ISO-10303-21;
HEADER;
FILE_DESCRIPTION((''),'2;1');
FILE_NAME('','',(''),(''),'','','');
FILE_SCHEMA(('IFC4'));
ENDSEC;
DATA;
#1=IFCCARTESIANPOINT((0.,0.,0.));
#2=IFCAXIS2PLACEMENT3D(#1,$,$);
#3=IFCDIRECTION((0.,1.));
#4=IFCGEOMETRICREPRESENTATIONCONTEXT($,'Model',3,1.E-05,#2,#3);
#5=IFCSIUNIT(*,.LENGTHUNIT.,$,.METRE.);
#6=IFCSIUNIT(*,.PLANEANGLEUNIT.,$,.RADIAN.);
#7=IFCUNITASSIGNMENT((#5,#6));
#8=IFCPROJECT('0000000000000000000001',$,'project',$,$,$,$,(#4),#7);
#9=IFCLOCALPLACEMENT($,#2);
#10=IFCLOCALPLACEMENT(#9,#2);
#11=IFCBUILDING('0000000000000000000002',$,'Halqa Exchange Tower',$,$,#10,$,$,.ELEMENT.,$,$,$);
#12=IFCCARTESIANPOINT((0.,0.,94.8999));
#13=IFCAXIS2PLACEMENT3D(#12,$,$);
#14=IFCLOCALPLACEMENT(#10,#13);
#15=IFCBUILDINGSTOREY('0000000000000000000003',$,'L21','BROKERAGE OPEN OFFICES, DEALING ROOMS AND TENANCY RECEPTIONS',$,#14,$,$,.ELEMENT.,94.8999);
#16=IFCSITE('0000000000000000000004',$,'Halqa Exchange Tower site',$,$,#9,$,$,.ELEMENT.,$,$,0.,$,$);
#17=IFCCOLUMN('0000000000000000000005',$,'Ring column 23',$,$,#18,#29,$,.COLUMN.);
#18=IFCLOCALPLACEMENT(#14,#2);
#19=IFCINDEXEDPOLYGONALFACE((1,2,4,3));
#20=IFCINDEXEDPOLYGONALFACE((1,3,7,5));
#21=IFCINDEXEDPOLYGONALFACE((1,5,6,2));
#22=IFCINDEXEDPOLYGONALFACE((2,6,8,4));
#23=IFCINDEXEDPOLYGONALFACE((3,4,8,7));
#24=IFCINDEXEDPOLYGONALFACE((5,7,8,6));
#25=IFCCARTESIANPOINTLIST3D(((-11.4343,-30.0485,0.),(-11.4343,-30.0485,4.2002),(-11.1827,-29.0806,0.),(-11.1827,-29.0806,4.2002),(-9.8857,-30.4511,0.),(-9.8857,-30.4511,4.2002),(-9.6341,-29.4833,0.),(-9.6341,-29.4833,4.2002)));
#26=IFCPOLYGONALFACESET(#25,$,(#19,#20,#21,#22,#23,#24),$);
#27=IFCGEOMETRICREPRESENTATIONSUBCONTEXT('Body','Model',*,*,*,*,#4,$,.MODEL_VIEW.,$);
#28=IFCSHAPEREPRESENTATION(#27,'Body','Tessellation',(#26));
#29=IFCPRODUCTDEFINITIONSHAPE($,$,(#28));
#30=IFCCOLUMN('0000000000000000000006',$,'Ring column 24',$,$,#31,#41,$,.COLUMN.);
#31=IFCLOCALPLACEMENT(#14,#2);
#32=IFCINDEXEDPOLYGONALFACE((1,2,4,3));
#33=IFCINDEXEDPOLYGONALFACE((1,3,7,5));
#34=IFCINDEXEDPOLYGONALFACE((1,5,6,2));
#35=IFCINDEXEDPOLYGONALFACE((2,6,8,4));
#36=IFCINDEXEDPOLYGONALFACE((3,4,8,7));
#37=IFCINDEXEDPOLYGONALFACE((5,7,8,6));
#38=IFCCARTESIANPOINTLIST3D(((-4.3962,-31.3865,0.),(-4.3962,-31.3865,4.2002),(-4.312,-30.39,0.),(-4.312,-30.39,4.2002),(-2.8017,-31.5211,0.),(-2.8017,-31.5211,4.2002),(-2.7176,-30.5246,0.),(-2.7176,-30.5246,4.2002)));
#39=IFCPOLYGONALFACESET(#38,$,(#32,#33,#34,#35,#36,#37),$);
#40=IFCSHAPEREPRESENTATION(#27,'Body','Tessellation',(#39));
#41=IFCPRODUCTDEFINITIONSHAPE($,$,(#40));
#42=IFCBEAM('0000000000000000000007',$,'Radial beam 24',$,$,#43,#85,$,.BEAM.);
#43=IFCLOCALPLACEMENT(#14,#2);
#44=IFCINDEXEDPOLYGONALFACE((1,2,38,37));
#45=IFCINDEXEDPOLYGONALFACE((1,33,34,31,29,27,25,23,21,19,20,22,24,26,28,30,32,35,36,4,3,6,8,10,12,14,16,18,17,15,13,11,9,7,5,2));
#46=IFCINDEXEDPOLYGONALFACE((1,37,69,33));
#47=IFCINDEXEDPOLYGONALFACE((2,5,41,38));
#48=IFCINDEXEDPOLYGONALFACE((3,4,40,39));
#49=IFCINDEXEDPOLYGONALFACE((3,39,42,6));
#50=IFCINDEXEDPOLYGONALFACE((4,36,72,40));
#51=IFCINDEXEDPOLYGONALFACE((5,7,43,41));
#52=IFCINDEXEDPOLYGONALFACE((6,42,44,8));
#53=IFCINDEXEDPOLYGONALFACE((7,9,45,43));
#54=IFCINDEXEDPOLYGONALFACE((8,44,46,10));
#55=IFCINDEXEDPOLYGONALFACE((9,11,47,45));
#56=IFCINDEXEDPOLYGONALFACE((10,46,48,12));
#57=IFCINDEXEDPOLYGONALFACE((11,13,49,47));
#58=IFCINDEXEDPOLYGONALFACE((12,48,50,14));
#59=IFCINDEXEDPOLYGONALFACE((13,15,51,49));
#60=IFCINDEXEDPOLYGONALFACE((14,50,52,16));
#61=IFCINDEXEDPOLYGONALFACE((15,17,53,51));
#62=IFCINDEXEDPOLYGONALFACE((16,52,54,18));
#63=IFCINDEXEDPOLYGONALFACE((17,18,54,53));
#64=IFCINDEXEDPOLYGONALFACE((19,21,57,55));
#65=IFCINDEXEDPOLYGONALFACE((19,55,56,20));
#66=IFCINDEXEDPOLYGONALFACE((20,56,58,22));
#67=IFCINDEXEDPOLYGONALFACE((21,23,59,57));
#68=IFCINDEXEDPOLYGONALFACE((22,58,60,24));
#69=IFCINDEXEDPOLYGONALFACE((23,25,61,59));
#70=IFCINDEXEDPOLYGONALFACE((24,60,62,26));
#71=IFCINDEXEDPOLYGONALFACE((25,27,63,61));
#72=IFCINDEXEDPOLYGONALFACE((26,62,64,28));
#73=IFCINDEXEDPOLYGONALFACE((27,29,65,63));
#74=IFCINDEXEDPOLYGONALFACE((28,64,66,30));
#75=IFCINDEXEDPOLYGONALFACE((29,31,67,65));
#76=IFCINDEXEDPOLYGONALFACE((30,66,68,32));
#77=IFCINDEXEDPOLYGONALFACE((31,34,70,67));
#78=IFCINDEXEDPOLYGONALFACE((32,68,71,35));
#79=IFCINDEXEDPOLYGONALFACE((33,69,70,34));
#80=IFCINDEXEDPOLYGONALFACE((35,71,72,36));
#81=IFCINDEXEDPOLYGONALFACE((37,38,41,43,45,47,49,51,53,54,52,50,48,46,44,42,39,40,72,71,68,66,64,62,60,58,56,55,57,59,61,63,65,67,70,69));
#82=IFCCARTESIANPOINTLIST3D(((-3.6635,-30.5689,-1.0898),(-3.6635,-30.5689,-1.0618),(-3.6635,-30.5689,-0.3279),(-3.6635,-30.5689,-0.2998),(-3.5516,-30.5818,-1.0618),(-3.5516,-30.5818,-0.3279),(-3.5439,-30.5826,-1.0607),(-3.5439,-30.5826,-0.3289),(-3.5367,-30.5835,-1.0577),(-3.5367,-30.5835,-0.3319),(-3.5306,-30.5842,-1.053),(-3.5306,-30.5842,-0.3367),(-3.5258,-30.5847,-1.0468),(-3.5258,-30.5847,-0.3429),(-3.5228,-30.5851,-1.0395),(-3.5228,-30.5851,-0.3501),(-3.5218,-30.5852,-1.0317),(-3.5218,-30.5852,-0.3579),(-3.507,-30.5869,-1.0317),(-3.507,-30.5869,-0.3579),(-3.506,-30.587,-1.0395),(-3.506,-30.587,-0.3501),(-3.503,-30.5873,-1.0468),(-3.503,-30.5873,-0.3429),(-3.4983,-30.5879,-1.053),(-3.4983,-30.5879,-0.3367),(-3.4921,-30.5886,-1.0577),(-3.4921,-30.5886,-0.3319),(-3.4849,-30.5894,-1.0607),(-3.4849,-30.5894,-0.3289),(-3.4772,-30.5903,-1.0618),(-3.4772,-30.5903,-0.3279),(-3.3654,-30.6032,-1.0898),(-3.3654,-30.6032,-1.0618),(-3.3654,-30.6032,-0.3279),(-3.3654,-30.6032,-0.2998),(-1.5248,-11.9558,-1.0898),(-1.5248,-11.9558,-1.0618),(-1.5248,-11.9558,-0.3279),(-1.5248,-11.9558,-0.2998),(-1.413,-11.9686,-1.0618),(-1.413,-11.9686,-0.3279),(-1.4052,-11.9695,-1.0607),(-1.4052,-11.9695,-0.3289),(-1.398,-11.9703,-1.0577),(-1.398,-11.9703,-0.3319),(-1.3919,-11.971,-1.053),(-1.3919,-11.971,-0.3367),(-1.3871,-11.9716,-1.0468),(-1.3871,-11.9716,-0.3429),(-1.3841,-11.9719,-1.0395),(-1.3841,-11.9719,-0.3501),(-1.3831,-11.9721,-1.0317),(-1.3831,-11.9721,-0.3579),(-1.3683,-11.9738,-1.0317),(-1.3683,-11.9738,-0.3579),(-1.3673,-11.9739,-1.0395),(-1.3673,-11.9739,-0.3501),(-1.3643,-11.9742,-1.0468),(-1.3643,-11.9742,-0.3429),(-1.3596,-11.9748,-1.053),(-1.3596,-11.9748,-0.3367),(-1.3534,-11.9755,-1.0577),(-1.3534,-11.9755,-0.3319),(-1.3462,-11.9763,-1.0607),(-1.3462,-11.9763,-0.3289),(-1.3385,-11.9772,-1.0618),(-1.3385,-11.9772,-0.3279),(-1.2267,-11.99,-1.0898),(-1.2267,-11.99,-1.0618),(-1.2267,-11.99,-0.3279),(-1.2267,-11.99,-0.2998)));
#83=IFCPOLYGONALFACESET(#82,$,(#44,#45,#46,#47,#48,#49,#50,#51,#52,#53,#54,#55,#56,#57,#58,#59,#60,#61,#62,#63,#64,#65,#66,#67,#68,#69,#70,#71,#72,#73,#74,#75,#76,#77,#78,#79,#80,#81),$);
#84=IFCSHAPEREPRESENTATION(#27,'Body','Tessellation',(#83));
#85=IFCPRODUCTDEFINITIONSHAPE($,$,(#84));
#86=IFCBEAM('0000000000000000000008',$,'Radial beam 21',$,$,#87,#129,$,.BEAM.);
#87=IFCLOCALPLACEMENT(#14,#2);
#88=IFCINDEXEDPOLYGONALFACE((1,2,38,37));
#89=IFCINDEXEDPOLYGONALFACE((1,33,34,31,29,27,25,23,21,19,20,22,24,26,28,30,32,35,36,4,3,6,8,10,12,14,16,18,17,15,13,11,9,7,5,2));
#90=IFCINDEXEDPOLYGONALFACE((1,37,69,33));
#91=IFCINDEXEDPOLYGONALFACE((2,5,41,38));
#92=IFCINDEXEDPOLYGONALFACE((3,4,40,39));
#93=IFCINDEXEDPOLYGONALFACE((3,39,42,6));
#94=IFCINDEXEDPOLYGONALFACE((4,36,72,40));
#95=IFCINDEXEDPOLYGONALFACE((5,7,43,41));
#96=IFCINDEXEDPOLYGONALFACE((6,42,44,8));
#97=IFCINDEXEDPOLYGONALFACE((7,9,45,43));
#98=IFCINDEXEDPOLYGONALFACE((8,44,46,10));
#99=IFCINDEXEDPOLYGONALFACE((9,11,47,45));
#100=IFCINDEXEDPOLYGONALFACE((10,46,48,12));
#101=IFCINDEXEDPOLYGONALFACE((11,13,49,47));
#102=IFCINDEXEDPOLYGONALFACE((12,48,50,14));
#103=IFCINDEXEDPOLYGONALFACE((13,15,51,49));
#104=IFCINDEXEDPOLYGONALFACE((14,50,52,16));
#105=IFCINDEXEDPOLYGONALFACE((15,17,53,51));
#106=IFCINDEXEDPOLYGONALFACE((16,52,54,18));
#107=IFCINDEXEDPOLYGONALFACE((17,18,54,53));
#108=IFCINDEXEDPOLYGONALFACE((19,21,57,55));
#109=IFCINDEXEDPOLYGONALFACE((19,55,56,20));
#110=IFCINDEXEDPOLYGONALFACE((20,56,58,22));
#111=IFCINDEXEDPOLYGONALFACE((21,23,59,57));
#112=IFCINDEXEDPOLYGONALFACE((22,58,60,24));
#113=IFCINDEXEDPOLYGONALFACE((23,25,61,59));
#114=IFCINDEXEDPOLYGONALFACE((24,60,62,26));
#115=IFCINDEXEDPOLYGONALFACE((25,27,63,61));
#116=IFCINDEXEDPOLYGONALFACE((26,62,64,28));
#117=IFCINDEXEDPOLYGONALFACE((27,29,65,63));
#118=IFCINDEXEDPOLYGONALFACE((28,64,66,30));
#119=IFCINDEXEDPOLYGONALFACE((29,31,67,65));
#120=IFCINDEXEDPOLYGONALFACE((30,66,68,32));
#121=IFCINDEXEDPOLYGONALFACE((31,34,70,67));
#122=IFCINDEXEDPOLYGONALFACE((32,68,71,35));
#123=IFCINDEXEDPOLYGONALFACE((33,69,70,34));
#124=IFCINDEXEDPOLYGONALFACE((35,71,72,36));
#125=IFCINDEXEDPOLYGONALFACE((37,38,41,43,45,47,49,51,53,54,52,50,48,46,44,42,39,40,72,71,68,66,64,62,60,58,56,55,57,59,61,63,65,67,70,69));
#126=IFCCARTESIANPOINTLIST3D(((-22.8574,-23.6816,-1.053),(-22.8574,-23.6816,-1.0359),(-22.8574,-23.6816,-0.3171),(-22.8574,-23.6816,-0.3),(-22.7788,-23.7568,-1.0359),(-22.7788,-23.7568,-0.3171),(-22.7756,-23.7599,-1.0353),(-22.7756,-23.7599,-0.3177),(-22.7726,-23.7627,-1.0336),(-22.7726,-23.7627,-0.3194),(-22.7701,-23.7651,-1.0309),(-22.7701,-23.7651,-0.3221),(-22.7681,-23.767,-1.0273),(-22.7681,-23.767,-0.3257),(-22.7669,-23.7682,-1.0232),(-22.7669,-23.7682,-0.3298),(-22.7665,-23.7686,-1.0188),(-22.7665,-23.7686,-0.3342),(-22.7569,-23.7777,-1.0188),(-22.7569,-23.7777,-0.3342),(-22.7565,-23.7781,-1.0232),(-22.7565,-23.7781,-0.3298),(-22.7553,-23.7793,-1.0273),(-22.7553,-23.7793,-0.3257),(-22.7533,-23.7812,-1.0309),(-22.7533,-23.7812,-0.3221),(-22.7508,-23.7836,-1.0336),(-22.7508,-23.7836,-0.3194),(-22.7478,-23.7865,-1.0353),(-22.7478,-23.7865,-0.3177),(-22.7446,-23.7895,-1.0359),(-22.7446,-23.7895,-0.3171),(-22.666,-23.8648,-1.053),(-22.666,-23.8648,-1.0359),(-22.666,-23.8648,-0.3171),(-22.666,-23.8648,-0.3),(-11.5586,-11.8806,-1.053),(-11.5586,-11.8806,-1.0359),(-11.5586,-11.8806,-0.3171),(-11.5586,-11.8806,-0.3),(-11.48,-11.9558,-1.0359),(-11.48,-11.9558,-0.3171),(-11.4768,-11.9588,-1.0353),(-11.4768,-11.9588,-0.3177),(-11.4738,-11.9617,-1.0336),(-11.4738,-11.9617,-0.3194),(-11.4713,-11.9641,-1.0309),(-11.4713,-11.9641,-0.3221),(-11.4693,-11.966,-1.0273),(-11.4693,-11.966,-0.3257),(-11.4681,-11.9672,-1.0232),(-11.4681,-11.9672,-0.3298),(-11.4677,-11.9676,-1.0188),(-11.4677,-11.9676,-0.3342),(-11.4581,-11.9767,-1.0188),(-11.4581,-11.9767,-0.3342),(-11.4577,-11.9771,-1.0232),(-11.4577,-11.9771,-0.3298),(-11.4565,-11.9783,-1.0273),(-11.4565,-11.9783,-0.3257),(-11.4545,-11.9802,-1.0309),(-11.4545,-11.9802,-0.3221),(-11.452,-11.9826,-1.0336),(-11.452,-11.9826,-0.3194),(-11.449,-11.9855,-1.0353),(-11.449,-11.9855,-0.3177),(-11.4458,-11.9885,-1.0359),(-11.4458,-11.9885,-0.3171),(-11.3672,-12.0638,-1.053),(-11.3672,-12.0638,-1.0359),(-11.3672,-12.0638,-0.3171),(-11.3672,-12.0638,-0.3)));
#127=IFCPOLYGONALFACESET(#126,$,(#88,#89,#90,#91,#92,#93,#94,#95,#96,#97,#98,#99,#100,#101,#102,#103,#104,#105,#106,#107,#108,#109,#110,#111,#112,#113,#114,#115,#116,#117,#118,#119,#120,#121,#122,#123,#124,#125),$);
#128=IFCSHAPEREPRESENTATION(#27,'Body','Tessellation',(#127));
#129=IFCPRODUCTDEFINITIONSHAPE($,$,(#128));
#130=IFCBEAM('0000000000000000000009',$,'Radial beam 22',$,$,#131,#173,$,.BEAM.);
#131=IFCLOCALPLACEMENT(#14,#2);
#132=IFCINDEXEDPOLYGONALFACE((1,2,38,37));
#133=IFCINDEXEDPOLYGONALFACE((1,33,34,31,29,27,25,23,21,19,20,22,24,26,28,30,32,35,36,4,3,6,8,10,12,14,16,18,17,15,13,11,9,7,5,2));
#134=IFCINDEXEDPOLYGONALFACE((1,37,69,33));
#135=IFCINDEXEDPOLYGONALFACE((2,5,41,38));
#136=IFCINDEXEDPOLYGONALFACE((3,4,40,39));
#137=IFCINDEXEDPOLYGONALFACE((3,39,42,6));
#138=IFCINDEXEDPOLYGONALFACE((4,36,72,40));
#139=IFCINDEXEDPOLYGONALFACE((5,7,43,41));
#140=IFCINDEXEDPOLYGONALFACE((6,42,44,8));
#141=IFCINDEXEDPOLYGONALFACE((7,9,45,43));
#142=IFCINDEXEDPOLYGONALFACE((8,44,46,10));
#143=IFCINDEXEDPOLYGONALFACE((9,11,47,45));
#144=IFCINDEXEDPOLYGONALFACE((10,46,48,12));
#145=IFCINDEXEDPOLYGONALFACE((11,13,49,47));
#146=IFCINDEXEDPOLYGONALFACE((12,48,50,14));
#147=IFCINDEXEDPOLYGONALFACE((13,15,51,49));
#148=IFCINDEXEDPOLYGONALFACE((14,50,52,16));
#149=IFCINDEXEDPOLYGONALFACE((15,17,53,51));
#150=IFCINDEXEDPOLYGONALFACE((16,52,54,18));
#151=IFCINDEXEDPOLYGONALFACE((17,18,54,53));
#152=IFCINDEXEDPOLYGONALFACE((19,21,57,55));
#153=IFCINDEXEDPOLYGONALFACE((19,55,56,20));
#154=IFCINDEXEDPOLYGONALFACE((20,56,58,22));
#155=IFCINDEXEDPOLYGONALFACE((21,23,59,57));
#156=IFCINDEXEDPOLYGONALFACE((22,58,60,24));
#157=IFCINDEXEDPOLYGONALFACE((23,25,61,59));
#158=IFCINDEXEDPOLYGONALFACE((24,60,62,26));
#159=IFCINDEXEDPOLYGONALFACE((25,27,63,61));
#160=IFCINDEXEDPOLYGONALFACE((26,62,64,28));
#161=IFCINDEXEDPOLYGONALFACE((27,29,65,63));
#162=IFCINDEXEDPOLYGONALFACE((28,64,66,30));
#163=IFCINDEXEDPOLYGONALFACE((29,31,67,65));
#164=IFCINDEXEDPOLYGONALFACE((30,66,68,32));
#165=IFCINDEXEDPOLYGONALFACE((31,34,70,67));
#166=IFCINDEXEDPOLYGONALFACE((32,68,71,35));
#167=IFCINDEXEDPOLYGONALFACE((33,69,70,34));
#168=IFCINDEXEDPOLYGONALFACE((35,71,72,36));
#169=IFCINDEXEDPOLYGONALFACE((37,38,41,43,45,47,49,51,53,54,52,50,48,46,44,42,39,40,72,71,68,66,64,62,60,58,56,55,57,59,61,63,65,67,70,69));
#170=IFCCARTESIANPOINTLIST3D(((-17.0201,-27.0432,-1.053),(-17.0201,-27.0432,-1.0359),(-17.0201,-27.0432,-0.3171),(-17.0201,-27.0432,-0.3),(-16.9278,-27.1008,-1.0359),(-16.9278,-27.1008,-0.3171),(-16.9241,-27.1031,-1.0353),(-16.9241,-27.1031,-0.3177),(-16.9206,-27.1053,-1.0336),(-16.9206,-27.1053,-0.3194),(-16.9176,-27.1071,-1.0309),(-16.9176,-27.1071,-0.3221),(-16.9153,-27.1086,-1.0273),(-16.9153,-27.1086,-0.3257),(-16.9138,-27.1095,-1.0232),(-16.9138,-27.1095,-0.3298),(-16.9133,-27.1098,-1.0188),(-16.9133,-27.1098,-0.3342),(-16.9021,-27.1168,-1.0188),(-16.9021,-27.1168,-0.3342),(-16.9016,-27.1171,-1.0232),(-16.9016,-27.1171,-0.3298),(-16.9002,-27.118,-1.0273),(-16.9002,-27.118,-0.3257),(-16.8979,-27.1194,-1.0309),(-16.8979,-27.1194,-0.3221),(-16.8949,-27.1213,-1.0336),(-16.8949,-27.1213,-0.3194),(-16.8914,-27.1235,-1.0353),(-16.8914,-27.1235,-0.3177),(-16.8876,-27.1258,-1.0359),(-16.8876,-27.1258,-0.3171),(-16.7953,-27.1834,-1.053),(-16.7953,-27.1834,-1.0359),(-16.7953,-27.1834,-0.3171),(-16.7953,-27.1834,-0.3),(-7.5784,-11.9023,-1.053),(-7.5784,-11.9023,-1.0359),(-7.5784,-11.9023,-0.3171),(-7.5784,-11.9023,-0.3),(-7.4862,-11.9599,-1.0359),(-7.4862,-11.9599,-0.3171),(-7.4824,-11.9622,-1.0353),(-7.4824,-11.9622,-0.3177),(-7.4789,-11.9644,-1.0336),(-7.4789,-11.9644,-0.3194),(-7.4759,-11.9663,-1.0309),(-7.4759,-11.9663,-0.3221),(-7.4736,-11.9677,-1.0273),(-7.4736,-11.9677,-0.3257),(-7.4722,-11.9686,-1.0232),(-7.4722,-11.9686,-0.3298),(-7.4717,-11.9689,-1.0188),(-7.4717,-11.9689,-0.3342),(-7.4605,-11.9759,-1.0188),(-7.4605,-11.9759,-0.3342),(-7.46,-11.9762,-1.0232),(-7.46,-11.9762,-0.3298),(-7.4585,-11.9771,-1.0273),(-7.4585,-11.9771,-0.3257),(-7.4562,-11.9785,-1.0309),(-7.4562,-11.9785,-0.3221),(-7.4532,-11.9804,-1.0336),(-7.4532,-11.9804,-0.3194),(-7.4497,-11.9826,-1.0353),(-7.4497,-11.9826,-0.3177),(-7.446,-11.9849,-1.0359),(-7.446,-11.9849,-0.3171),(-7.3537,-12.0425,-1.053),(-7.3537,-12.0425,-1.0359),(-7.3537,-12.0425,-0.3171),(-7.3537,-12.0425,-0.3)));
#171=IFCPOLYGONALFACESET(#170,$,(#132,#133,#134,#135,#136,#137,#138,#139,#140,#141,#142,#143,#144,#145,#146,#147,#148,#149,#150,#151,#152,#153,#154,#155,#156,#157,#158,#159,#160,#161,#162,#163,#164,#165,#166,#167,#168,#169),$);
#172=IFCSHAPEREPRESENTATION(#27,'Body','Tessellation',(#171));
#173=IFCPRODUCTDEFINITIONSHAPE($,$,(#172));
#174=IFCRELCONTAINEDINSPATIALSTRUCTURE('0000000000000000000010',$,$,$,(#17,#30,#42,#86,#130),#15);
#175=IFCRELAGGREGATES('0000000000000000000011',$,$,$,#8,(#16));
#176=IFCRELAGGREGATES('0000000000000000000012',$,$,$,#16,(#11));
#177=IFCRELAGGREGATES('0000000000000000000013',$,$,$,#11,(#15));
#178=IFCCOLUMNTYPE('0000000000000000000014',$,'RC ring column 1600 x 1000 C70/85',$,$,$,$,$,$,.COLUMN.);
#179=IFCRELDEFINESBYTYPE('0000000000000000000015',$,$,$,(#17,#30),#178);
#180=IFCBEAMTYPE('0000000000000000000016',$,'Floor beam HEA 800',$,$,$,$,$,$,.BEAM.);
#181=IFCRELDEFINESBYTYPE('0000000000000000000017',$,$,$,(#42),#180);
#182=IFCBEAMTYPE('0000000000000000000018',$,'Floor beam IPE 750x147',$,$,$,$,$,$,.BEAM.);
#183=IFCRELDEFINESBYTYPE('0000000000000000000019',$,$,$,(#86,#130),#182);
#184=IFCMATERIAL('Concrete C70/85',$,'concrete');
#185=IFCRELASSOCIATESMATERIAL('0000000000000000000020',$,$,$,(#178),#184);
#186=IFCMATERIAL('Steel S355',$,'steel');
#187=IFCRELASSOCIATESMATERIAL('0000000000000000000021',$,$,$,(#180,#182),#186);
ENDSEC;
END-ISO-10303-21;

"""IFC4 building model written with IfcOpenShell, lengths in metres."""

from ifc_helpers import new_model, si_unit, direction, frame, origin, origin_2d, place, context, subcontext, project, spatial, rectangle, i_section, extrude, material, material_profile, profile_set, type_object, element, save


model = new_model("IFC4")

# Units and contexts
model_context = context("Model", 3, precision=1e-05, world=origin(), true_north=direction((0.0, 1.0)))
body_context = subcontext(model_context, "Body", "Model", "MODEL_VIEW")
ifc_project = project(units=[si_unit("LENGTHUNIT", "METRE"), si_unit("PLANEANGLEUNIT", "RADIAN")], contexts=[model_context])

# Site, building, storey
site_placement = place(None, origin())
site = spatial("IfcSite", under=ifc_project, at=site_placement, Name="Halqa Exchange Tower site", CompositionType="ELEMENT", RefElevation=0.0)
building_placement = place(site_placement, origin())
building = spatial("IfcBuilding", under=site, at=building_placement, Name="Halqa Exchange Tower", CompositionType="ELEMENT")
storey_placement = place(building_placement, frame((0.0, 0.0, 94.8999)))
storey = spatial("IfcBuildingStorey", under=building, at=storey_placement, Name="L21", Description="BROKERAGE OPEN OFFICES, DEALING ROOMS AND TENANCY RECEPTIONS", CompositionType="ELEMENT", Elevation=94.8999)

# Columns
ifc_material_1 = material(Name="Concrete C70/85", Category="concrete")
ifc_material_profile_1 = material_profile(ifc_material_1, rectangle(XDim=1.6001, YDim=1.0, at=origin_2d()), Name="1600 x 1000")
ifc_profile_set_1 = profile_set([ifc_material_profile_1], Name="Concrete C70/85")
column_type = type_object("IfcColumnType", Name="RC ring column 1600 x 1000 C70/85", PredefinedType="COLUMN", material=ifc_profile_set_1)
for number, where, z_axis, x_axis, name in (
    (1, (-10.5342, -29.7659, 0.0), (0.0, 0.0, 1.0), (0.96782, -0.251644, 0.0), "Ring column 23"),
    (2, (-3.5569, -30.9556, 0.0), (0.0, 0.0, 1.0), (0.996456, -0.084121, 0.0), "Ring column 24"),
):
    element("IfcColumn", number, at=place(storey_placement, frame(where, z_axis=z_axis, x_axis=x_axis)), inside=storey, type_object=column_type, Name=name, PredefinedType="COLUMN", context=body_context, shape_type="SweptSolid", body=[
        extrude(rectangle(XDim=1.6001, YDim=1.0, at=origin_2d()), origin(), (0.0, 0.0, 1.0), 4.2002),
    ])

# Beams
ifc_material_2 = material(Name="Steel S355", Category="steel")
ifc_material_profile_2 = material_profile(ifc_material_2, i_section(OverallWidth=0.3, OverallDepth=0.79, WebThickness=0.0149, FlangeThickness=0.0281, FilletRadius=0.03, at=origin_2d()), Name="HEA 800")
ifc_profile_set_2 = profile_set([ifc_material_profile_2], Name="Steel S355")
beam_type_1 = type_object("IfcBeamType", Name="Floor beam HEA 800", PredefinedType="BEAM", material=ifc_profile_set_2)
beam_1_placement = place(storey_placement, frame((-1.3757, -11.9729, -0.6948), z_axis=(-0.114151, -0.993463, 0.0), x_axis=(0.993463, -0.114151, 0.0)))
element("IfcBeam", 3, at=beam_1_placement, inside=storey, type_object=beam_type_1, Name="Radial beam 24", PredefinedType="BEAM", context=body_context, shape_type="SweptSolid", body=[
    extrude(i_section(OverallWidth=0.3, OverallDepth=0.79, WebThickness=0.0149, FlangeThickness=0.0281, FilletRadius=0.03, at=origin_2d()), origin(), (0.0, 0.0, 1.0), 18.7356),
])
ifc_material_profile_3 = material_profile(ifc_material_2, i_section(OverallWidth=0.2649, OverallDepth=0.7529, WebThickness=0.0132, FlangeThickness=0.0171, FilletRadius=0.0171, at=origin_2d()), Name="IPE 750x147")
ifc_profile_set_3 = profile_set([ifc_material_profile_3], Name="Steel S355")
beam_type_2 = type_object("IfcBeamType", Name="Floor beam IPE 750x147", PredefinedType="BEAM", material=ifc_profile_set_3)
beam_2_placement = place(storey_placement, frame((-11.4629, -11.9722, -0.6765), z_axis=(-0.691571, -0.722309, 0.0), x_axis=(0.722309, -0.691571, 0.0)))
element("IfcBeam", 4, at=beam_2_placement, inside=storey, type_object=beam_type_2, Name="Radial beam 21", PredefinedType="BEAM", context=body_context, shape_type="SweptSolid", body=[
    extrude(i_section(OverallWidth=0.2649, OverallDepth=0.7529, WebThickness=0.0132, FlangeThickness=0.0171, FilletRadius=0.0171, at=origin_2d()), origin(), (0.0, 0.0, 1.0), 16.3379),
])
beam_3_placement = place(storey_placement, frame((-7.4661, -11.9724, -0.6765), z_axis=(-0.529137, -0.848537, 0.0), x_axis=(0.848537, -0.529137, 0.0)))
element("IfcBeam", 5, at=beam_3_placement, inside=storey, type_object=beam_type_2, Name="Radial beam 22", PredefinedType="BEAM", context=body_context, shape_type="SweptSolid", body=[
    extrude(i_section(OverallWidth=0.2649, OverallDepth=0.7529, WebThickness=0.0132, FlangeThickness=0.0171, FilletRadius=0.0171, at=origin_2d()), origin(), (0.0, 0.0, 1.0), 17.8435),
])

save(model, "model.ifc")
